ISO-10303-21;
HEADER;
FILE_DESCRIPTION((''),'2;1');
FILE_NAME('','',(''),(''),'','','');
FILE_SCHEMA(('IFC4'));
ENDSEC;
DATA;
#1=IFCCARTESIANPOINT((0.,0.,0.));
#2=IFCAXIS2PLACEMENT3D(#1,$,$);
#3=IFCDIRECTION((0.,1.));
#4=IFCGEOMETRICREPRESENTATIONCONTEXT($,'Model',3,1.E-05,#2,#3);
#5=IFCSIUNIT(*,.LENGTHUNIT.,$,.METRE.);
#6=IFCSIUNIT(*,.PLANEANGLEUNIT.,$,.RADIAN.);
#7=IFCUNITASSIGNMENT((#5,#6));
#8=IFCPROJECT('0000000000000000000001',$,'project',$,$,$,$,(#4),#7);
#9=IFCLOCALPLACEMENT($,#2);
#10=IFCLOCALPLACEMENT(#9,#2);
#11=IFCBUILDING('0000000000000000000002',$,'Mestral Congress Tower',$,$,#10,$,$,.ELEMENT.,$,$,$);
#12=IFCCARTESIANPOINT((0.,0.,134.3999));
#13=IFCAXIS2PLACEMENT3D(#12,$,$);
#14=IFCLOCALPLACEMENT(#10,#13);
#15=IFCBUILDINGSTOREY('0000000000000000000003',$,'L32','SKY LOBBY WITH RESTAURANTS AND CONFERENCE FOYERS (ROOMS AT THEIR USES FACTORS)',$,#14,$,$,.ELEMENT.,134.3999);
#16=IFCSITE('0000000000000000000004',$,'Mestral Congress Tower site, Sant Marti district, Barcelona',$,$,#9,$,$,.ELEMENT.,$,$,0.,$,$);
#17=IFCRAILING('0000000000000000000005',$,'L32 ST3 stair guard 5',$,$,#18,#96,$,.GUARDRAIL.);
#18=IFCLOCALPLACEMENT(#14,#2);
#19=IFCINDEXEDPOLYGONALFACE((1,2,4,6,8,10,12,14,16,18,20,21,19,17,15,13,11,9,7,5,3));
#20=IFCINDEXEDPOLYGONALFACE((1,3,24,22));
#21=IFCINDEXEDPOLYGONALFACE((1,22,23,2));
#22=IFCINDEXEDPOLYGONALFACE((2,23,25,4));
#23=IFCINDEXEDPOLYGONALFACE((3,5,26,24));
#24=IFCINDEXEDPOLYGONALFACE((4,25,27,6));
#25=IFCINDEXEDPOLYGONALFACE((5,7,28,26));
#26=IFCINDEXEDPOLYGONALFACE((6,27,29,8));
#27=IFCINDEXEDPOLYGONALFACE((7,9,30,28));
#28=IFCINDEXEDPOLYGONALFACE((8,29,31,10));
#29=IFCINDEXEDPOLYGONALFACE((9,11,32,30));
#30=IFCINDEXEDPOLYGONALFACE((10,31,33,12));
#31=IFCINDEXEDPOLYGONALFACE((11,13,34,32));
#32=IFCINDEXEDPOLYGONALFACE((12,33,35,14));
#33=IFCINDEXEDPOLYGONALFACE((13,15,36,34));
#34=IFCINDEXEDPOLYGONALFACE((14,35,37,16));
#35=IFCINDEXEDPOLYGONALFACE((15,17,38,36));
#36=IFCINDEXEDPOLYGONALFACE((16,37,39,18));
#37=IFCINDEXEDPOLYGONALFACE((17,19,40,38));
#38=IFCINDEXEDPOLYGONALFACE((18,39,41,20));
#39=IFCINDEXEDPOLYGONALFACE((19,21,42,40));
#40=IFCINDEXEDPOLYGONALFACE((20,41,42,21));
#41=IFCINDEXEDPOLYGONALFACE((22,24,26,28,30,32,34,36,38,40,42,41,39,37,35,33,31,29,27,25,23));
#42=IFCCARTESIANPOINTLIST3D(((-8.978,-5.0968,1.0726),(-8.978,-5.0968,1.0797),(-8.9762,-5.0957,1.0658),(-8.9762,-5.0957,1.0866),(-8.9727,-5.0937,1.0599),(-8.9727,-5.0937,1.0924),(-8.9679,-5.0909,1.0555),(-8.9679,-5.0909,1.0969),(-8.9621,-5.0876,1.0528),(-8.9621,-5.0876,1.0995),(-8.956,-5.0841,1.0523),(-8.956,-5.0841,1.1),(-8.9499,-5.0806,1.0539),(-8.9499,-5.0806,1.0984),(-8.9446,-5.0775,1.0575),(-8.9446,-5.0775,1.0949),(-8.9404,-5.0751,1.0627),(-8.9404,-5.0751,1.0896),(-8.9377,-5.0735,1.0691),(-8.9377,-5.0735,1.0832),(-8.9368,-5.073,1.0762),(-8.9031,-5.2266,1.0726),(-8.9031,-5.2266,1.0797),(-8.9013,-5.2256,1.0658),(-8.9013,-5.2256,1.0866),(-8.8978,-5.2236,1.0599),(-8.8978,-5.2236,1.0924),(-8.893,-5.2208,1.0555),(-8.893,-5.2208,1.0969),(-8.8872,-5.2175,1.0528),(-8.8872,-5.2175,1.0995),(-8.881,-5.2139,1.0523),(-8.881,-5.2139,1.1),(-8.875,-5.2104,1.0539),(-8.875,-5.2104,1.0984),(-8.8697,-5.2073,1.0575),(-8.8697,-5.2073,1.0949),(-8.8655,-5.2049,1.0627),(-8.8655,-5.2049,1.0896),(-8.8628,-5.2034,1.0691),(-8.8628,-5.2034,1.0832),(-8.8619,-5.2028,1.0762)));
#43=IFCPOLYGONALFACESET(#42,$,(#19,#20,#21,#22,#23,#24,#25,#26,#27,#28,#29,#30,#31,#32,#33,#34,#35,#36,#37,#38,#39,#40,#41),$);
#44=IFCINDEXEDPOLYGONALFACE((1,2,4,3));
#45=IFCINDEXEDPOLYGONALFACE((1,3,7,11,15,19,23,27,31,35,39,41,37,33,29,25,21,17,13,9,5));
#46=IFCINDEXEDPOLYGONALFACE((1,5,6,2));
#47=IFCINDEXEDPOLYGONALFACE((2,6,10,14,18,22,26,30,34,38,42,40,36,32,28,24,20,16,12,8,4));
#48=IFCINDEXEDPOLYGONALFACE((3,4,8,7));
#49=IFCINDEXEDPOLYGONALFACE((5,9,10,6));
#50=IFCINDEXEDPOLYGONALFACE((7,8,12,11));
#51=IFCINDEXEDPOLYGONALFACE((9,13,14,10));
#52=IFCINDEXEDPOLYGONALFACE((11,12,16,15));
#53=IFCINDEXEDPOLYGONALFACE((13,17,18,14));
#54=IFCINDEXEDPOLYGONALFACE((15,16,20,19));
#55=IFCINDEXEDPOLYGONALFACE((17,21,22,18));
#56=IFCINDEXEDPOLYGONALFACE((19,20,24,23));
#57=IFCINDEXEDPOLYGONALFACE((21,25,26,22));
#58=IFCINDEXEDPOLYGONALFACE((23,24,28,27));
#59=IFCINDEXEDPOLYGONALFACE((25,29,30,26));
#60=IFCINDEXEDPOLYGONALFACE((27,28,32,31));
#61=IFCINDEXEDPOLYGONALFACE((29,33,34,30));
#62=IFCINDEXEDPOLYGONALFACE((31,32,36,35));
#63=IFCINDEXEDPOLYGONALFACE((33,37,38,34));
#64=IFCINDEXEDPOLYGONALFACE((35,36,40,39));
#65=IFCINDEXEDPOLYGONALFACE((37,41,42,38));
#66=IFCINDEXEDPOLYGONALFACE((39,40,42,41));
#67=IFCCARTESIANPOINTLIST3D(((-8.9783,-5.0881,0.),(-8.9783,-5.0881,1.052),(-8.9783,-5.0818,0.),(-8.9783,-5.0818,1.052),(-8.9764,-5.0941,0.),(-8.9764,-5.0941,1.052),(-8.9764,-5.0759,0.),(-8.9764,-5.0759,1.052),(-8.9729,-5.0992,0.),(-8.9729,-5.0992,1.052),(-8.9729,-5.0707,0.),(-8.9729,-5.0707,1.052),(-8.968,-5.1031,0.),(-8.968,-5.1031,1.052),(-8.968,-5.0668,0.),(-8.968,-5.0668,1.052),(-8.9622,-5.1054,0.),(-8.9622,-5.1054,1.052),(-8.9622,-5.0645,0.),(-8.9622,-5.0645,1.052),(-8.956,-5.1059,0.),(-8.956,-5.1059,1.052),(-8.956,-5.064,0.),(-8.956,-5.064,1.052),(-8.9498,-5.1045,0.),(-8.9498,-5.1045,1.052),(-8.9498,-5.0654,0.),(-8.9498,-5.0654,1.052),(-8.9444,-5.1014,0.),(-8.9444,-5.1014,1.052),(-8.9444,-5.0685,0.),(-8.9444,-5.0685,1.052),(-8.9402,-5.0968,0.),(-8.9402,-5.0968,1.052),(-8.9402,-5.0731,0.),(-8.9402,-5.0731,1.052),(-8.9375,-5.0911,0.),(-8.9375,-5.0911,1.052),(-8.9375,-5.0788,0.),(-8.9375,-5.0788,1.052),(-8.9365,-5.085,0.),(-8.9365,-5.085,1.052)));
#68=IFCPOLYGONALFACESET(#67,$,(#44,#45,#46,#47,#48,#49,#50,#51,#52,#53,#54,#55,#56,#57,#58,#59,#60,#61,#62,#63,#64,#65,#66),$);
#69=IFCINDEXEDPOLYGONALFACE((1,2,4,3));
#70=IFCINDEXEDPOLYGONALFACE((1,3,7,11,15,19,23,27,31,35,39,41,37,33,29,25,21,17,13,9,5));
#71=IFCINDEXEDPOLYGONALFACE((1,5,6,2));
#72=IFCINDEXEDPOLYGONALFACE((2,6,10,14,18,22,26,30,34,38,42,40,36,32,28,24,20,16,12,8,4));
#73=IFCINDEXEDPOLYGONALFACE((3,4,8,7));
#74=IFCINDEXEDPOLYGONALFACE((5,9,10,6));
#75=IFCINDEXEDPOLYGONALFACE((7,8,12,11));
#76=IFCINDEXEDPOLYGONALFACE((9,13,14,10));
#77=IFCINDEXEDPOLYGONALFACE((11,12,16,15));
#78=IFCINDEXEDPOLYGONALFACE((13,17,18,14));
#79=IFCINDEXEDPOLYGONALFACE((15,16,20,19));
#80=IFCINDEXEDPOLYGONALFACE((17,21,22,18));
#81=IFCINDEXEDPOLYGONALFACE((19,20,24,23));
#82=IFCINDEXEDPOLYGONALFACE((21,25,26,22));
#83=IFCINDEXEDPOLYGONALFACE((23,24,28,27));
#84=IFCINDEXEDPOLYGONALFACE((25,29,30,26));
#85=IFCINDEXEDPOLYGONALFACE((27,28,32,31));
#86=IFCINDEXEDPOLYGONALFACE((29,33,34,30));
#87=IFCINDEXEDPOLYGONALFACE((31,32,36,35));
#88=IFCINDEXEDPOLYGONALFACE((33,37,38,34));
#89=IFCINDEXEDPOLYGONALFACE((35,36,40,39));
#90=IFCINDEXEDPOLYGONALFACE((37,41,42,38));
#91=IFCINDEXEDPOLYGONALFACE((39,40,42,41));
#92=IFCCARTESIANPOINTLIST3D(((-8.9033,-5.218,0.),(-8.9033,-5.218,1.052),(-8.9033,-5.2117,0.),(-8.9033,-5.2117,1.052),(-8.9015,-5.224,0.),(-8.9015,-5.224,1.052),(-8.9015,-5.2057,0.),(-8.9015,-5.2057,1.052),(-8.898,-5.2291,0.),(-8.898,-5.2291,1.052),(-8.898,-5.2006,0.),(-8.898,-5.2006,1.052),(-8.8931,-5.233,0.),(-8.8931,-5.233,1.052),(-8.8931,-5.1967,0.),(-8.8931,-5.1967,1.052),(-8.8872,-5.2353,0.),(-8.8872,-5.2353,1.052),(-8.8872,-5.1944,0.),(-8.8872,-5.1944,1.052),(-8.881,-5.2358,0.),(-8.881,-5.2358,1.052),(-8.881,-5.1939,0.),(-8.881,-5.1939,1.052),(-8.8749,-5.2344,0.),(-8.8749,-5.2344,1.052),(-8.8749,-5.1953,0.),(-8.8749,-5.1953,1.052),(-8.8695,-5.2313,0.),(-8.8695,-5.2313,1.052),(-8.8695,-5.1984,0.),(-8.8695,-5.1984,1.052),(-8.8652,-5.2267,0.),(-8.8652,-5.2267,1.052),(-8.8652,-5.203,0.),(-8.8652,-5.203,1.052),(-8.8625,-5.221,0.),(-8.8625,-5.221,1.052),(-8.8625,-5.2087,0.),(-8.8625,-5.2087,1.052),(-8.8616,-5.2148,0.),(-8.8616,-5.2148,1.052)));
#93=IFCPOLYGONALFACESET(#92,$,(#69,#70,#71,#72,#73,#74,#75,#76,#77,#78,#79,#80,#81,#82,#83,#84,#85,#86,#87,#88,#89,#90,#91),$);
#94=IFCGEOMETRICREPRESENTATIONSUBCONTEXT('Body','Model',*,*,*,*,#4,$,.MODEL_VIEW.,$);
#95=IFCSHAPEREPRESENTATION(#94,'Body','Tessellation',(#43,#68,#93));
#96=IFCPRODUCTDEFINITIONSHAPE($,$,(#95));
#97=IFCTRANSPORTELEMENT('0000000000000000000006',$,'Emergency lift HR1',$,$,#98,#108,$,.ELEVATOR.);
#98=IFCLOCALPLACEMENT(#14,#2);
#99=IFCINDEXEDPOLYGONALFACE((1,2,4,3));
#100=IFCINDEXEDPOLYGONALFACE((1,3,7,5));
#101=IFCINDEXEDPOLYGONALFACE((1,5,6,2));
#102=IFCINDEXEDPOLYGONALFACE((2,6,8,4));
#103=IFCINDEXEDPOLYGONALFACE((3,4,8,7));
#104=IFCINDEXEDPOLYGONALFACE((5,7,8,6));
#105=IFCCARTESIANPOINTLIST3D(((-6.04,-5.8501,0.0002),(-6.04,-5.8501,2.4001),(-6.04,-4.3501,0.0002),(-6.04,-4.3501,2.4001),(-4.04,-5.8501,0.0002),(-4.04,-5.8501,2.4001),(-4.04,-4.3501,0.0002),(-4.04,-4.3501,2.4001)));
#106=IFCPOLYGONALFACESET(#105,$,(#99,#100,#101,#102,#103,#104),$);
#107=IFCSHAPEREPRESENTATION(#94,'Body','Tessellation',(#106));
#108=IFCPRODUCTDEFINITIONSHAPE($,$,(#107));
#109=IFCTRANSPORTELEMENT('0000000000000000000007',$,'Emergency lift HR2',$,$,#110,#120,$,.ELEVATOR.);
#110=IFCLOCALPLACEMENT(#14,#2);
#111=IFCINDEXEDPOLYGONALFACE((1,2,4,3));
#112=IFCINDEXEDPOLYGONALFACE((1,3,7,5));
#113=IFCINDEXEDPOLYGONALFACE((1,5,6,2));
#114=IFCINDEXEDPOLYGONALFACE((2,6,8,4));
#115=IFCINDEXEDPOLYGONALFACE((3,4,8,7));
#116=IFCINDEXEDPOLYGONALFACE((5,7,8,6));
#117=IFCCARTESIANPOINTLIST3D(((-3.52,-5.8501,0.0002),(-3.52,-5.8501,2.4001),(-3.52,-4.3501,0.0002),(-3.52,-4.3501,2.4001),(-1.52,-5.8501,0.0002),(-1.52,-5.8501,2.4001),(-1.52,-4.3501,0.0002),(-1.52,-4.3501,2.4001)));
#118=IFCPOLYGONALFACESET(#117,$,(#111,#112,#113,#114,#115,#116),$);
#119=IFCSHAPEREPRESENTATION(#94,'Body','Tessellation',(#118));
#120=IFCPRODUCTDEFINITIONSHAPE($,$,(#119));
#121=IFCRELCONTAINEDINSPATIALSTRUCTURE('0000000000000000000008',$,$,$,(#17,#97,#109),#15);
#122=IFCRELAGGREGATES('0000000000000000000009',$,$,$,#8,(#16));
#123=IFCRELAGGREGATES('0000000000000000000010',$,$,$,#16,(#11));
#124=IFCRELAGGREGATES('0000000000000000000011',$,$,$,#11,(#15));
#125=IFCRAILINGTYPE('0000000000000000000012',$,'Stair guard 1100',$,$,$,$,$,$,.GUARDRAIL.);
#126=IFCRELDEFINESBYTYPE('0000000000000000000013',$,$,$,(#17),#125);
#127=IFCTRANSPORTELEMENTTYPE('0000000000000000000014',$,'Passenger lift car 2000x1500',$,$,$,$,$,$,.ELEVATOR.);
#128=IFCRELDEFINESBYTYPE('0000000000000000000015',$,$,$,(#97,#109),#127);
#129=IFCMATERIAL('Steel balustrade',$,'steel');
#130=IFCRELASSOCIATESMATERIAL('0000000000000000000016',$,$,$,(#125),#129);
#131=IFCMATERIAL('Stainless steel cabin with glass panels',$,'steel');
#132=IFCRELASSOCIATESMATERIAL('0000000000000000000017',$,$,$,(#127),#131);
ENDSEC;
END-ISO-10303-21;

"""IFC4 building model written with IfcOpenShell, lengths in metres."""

from ifc_helpers import new_model, si_unit, direction, frame, origin, origin_2d, place, context, subcontext, project, spatial, rectangle, circle, extrude, material, type_object, element, save


model = new_model("IFC4")

# Units and contexts
model_context = context("Model", 3, precision=1e-05, world=origin(), true_north=direction((0.0, 1.0)))
body_context = subcontext(model_context, "Body", "Model", "MODEL_VIEW")
ifc_project = project(units=[si_unit("LENGTHUNIT", "METRE"), si_unit("PLANEANGLEUNIT", "RADIAN")], contexts=[model_context])

# Site, building, storey
site_placement = place(None, origin())
site = spatial("IfcSite", under=ifc_project, at=site_placement, Name="Mestral Congress Tower site, Sant Marti district, Barcelona", CompositionType="ELEMENT", RefElevation=0.0)
building_placement = place(site_placement, origin())
building = spatial("IfcBuilding", under=site, at=building_placement, Name="Mestral Congress Tower", CompositionType="ELEMENT")
storey_placement = place(building_placement, frame((0.0, 0.0, 134.3999)))
storey = spatial("IfcBuildingStorey", under=building, at=storey_placement, Name="L32", Description="SKY LOBBY WITH RESTAURANTS AND CONFERENCE FOYERS (ROOMS AT THEIR USES FACTORS)", CompositionType="ELEMENT", Elevation=134.3999)

# Railing
ifc_material_1 = material(Name="Steel balustrade", Category="steel")
railing_type_1 = type_object("IfcRailingType", Name="Stair guard 1100", PredefinedType="GUARDRAIL", material=ifc_material_1)
railing_1_placement = place(storey_placement, frame((-8.9575, -5.085, 0.0)))
element("IfcRailing", 1, at=railing_1_placement, inside=storey, type_object=railing_type_1, Name="L32 ST3 stair guard 5", PredefinedType="GUARDRAIL", context=body_context, shape_type="SweptSolid", body=[
    extrude(circle(Radius=0.0239, at=origin_2d()), frame((0.0, 0.0, 1.0762), z_axis=(0.499816, -0.866131, 0.0), x_axis=(0.866131, 0.499816, 0.0)), (0.0, 0.0, 1.0), 0.1499),
    extrude(circle(Radius=0.021, at=origin_2d()), origin(), (0.0, 0.0, 1.0), 1.052),
    extrude(circle(Radius=0.021, at=origin_2d()), frame((0.075, -0.1299, 0.0)), (0.0, 0.0, 1.0), 1.052),
])

# Transport elements
ifc_material_2 = material(Name="Stainless steel cabin with glass panels", Category="steel")
transport_element_type = type_object("IfcTransportElementType", Name="Passenger lift car 2000x1500", PredefinedType="ELEVATOR", material=ifc_material_2)
for number, where, z_axis, x_axis, name in (
    (2, (-5.04, -5.1001, 0.0002), (0.0, 0.0, 1.0), (0.0, -1.0, 0.0), "Emergency lift HR1"),
    (3, (-2.52, -5.1001, 0.0002), (0.0, 0.0, 1.0), (0.0, -1.0, 0.0), "Emergency lift HR2"),
):
    element("IfcTransportElement", number, at=place(storey_placement, frame(where, z_axis=z_axis, x_axis=x_axis)), inside=storey, type_object=transport_element_type, Name=name, PredefinedType="ELEVATOR", context=body_context, shape_type="SweptSolid", body=[
        extrude(rectangle(XDim=1.5, YDim=2.0, at=origin_2d()), origin(), (0.0, 0.0, 1.0), 2.3999),
    ])

save(model, "model.ifc")
